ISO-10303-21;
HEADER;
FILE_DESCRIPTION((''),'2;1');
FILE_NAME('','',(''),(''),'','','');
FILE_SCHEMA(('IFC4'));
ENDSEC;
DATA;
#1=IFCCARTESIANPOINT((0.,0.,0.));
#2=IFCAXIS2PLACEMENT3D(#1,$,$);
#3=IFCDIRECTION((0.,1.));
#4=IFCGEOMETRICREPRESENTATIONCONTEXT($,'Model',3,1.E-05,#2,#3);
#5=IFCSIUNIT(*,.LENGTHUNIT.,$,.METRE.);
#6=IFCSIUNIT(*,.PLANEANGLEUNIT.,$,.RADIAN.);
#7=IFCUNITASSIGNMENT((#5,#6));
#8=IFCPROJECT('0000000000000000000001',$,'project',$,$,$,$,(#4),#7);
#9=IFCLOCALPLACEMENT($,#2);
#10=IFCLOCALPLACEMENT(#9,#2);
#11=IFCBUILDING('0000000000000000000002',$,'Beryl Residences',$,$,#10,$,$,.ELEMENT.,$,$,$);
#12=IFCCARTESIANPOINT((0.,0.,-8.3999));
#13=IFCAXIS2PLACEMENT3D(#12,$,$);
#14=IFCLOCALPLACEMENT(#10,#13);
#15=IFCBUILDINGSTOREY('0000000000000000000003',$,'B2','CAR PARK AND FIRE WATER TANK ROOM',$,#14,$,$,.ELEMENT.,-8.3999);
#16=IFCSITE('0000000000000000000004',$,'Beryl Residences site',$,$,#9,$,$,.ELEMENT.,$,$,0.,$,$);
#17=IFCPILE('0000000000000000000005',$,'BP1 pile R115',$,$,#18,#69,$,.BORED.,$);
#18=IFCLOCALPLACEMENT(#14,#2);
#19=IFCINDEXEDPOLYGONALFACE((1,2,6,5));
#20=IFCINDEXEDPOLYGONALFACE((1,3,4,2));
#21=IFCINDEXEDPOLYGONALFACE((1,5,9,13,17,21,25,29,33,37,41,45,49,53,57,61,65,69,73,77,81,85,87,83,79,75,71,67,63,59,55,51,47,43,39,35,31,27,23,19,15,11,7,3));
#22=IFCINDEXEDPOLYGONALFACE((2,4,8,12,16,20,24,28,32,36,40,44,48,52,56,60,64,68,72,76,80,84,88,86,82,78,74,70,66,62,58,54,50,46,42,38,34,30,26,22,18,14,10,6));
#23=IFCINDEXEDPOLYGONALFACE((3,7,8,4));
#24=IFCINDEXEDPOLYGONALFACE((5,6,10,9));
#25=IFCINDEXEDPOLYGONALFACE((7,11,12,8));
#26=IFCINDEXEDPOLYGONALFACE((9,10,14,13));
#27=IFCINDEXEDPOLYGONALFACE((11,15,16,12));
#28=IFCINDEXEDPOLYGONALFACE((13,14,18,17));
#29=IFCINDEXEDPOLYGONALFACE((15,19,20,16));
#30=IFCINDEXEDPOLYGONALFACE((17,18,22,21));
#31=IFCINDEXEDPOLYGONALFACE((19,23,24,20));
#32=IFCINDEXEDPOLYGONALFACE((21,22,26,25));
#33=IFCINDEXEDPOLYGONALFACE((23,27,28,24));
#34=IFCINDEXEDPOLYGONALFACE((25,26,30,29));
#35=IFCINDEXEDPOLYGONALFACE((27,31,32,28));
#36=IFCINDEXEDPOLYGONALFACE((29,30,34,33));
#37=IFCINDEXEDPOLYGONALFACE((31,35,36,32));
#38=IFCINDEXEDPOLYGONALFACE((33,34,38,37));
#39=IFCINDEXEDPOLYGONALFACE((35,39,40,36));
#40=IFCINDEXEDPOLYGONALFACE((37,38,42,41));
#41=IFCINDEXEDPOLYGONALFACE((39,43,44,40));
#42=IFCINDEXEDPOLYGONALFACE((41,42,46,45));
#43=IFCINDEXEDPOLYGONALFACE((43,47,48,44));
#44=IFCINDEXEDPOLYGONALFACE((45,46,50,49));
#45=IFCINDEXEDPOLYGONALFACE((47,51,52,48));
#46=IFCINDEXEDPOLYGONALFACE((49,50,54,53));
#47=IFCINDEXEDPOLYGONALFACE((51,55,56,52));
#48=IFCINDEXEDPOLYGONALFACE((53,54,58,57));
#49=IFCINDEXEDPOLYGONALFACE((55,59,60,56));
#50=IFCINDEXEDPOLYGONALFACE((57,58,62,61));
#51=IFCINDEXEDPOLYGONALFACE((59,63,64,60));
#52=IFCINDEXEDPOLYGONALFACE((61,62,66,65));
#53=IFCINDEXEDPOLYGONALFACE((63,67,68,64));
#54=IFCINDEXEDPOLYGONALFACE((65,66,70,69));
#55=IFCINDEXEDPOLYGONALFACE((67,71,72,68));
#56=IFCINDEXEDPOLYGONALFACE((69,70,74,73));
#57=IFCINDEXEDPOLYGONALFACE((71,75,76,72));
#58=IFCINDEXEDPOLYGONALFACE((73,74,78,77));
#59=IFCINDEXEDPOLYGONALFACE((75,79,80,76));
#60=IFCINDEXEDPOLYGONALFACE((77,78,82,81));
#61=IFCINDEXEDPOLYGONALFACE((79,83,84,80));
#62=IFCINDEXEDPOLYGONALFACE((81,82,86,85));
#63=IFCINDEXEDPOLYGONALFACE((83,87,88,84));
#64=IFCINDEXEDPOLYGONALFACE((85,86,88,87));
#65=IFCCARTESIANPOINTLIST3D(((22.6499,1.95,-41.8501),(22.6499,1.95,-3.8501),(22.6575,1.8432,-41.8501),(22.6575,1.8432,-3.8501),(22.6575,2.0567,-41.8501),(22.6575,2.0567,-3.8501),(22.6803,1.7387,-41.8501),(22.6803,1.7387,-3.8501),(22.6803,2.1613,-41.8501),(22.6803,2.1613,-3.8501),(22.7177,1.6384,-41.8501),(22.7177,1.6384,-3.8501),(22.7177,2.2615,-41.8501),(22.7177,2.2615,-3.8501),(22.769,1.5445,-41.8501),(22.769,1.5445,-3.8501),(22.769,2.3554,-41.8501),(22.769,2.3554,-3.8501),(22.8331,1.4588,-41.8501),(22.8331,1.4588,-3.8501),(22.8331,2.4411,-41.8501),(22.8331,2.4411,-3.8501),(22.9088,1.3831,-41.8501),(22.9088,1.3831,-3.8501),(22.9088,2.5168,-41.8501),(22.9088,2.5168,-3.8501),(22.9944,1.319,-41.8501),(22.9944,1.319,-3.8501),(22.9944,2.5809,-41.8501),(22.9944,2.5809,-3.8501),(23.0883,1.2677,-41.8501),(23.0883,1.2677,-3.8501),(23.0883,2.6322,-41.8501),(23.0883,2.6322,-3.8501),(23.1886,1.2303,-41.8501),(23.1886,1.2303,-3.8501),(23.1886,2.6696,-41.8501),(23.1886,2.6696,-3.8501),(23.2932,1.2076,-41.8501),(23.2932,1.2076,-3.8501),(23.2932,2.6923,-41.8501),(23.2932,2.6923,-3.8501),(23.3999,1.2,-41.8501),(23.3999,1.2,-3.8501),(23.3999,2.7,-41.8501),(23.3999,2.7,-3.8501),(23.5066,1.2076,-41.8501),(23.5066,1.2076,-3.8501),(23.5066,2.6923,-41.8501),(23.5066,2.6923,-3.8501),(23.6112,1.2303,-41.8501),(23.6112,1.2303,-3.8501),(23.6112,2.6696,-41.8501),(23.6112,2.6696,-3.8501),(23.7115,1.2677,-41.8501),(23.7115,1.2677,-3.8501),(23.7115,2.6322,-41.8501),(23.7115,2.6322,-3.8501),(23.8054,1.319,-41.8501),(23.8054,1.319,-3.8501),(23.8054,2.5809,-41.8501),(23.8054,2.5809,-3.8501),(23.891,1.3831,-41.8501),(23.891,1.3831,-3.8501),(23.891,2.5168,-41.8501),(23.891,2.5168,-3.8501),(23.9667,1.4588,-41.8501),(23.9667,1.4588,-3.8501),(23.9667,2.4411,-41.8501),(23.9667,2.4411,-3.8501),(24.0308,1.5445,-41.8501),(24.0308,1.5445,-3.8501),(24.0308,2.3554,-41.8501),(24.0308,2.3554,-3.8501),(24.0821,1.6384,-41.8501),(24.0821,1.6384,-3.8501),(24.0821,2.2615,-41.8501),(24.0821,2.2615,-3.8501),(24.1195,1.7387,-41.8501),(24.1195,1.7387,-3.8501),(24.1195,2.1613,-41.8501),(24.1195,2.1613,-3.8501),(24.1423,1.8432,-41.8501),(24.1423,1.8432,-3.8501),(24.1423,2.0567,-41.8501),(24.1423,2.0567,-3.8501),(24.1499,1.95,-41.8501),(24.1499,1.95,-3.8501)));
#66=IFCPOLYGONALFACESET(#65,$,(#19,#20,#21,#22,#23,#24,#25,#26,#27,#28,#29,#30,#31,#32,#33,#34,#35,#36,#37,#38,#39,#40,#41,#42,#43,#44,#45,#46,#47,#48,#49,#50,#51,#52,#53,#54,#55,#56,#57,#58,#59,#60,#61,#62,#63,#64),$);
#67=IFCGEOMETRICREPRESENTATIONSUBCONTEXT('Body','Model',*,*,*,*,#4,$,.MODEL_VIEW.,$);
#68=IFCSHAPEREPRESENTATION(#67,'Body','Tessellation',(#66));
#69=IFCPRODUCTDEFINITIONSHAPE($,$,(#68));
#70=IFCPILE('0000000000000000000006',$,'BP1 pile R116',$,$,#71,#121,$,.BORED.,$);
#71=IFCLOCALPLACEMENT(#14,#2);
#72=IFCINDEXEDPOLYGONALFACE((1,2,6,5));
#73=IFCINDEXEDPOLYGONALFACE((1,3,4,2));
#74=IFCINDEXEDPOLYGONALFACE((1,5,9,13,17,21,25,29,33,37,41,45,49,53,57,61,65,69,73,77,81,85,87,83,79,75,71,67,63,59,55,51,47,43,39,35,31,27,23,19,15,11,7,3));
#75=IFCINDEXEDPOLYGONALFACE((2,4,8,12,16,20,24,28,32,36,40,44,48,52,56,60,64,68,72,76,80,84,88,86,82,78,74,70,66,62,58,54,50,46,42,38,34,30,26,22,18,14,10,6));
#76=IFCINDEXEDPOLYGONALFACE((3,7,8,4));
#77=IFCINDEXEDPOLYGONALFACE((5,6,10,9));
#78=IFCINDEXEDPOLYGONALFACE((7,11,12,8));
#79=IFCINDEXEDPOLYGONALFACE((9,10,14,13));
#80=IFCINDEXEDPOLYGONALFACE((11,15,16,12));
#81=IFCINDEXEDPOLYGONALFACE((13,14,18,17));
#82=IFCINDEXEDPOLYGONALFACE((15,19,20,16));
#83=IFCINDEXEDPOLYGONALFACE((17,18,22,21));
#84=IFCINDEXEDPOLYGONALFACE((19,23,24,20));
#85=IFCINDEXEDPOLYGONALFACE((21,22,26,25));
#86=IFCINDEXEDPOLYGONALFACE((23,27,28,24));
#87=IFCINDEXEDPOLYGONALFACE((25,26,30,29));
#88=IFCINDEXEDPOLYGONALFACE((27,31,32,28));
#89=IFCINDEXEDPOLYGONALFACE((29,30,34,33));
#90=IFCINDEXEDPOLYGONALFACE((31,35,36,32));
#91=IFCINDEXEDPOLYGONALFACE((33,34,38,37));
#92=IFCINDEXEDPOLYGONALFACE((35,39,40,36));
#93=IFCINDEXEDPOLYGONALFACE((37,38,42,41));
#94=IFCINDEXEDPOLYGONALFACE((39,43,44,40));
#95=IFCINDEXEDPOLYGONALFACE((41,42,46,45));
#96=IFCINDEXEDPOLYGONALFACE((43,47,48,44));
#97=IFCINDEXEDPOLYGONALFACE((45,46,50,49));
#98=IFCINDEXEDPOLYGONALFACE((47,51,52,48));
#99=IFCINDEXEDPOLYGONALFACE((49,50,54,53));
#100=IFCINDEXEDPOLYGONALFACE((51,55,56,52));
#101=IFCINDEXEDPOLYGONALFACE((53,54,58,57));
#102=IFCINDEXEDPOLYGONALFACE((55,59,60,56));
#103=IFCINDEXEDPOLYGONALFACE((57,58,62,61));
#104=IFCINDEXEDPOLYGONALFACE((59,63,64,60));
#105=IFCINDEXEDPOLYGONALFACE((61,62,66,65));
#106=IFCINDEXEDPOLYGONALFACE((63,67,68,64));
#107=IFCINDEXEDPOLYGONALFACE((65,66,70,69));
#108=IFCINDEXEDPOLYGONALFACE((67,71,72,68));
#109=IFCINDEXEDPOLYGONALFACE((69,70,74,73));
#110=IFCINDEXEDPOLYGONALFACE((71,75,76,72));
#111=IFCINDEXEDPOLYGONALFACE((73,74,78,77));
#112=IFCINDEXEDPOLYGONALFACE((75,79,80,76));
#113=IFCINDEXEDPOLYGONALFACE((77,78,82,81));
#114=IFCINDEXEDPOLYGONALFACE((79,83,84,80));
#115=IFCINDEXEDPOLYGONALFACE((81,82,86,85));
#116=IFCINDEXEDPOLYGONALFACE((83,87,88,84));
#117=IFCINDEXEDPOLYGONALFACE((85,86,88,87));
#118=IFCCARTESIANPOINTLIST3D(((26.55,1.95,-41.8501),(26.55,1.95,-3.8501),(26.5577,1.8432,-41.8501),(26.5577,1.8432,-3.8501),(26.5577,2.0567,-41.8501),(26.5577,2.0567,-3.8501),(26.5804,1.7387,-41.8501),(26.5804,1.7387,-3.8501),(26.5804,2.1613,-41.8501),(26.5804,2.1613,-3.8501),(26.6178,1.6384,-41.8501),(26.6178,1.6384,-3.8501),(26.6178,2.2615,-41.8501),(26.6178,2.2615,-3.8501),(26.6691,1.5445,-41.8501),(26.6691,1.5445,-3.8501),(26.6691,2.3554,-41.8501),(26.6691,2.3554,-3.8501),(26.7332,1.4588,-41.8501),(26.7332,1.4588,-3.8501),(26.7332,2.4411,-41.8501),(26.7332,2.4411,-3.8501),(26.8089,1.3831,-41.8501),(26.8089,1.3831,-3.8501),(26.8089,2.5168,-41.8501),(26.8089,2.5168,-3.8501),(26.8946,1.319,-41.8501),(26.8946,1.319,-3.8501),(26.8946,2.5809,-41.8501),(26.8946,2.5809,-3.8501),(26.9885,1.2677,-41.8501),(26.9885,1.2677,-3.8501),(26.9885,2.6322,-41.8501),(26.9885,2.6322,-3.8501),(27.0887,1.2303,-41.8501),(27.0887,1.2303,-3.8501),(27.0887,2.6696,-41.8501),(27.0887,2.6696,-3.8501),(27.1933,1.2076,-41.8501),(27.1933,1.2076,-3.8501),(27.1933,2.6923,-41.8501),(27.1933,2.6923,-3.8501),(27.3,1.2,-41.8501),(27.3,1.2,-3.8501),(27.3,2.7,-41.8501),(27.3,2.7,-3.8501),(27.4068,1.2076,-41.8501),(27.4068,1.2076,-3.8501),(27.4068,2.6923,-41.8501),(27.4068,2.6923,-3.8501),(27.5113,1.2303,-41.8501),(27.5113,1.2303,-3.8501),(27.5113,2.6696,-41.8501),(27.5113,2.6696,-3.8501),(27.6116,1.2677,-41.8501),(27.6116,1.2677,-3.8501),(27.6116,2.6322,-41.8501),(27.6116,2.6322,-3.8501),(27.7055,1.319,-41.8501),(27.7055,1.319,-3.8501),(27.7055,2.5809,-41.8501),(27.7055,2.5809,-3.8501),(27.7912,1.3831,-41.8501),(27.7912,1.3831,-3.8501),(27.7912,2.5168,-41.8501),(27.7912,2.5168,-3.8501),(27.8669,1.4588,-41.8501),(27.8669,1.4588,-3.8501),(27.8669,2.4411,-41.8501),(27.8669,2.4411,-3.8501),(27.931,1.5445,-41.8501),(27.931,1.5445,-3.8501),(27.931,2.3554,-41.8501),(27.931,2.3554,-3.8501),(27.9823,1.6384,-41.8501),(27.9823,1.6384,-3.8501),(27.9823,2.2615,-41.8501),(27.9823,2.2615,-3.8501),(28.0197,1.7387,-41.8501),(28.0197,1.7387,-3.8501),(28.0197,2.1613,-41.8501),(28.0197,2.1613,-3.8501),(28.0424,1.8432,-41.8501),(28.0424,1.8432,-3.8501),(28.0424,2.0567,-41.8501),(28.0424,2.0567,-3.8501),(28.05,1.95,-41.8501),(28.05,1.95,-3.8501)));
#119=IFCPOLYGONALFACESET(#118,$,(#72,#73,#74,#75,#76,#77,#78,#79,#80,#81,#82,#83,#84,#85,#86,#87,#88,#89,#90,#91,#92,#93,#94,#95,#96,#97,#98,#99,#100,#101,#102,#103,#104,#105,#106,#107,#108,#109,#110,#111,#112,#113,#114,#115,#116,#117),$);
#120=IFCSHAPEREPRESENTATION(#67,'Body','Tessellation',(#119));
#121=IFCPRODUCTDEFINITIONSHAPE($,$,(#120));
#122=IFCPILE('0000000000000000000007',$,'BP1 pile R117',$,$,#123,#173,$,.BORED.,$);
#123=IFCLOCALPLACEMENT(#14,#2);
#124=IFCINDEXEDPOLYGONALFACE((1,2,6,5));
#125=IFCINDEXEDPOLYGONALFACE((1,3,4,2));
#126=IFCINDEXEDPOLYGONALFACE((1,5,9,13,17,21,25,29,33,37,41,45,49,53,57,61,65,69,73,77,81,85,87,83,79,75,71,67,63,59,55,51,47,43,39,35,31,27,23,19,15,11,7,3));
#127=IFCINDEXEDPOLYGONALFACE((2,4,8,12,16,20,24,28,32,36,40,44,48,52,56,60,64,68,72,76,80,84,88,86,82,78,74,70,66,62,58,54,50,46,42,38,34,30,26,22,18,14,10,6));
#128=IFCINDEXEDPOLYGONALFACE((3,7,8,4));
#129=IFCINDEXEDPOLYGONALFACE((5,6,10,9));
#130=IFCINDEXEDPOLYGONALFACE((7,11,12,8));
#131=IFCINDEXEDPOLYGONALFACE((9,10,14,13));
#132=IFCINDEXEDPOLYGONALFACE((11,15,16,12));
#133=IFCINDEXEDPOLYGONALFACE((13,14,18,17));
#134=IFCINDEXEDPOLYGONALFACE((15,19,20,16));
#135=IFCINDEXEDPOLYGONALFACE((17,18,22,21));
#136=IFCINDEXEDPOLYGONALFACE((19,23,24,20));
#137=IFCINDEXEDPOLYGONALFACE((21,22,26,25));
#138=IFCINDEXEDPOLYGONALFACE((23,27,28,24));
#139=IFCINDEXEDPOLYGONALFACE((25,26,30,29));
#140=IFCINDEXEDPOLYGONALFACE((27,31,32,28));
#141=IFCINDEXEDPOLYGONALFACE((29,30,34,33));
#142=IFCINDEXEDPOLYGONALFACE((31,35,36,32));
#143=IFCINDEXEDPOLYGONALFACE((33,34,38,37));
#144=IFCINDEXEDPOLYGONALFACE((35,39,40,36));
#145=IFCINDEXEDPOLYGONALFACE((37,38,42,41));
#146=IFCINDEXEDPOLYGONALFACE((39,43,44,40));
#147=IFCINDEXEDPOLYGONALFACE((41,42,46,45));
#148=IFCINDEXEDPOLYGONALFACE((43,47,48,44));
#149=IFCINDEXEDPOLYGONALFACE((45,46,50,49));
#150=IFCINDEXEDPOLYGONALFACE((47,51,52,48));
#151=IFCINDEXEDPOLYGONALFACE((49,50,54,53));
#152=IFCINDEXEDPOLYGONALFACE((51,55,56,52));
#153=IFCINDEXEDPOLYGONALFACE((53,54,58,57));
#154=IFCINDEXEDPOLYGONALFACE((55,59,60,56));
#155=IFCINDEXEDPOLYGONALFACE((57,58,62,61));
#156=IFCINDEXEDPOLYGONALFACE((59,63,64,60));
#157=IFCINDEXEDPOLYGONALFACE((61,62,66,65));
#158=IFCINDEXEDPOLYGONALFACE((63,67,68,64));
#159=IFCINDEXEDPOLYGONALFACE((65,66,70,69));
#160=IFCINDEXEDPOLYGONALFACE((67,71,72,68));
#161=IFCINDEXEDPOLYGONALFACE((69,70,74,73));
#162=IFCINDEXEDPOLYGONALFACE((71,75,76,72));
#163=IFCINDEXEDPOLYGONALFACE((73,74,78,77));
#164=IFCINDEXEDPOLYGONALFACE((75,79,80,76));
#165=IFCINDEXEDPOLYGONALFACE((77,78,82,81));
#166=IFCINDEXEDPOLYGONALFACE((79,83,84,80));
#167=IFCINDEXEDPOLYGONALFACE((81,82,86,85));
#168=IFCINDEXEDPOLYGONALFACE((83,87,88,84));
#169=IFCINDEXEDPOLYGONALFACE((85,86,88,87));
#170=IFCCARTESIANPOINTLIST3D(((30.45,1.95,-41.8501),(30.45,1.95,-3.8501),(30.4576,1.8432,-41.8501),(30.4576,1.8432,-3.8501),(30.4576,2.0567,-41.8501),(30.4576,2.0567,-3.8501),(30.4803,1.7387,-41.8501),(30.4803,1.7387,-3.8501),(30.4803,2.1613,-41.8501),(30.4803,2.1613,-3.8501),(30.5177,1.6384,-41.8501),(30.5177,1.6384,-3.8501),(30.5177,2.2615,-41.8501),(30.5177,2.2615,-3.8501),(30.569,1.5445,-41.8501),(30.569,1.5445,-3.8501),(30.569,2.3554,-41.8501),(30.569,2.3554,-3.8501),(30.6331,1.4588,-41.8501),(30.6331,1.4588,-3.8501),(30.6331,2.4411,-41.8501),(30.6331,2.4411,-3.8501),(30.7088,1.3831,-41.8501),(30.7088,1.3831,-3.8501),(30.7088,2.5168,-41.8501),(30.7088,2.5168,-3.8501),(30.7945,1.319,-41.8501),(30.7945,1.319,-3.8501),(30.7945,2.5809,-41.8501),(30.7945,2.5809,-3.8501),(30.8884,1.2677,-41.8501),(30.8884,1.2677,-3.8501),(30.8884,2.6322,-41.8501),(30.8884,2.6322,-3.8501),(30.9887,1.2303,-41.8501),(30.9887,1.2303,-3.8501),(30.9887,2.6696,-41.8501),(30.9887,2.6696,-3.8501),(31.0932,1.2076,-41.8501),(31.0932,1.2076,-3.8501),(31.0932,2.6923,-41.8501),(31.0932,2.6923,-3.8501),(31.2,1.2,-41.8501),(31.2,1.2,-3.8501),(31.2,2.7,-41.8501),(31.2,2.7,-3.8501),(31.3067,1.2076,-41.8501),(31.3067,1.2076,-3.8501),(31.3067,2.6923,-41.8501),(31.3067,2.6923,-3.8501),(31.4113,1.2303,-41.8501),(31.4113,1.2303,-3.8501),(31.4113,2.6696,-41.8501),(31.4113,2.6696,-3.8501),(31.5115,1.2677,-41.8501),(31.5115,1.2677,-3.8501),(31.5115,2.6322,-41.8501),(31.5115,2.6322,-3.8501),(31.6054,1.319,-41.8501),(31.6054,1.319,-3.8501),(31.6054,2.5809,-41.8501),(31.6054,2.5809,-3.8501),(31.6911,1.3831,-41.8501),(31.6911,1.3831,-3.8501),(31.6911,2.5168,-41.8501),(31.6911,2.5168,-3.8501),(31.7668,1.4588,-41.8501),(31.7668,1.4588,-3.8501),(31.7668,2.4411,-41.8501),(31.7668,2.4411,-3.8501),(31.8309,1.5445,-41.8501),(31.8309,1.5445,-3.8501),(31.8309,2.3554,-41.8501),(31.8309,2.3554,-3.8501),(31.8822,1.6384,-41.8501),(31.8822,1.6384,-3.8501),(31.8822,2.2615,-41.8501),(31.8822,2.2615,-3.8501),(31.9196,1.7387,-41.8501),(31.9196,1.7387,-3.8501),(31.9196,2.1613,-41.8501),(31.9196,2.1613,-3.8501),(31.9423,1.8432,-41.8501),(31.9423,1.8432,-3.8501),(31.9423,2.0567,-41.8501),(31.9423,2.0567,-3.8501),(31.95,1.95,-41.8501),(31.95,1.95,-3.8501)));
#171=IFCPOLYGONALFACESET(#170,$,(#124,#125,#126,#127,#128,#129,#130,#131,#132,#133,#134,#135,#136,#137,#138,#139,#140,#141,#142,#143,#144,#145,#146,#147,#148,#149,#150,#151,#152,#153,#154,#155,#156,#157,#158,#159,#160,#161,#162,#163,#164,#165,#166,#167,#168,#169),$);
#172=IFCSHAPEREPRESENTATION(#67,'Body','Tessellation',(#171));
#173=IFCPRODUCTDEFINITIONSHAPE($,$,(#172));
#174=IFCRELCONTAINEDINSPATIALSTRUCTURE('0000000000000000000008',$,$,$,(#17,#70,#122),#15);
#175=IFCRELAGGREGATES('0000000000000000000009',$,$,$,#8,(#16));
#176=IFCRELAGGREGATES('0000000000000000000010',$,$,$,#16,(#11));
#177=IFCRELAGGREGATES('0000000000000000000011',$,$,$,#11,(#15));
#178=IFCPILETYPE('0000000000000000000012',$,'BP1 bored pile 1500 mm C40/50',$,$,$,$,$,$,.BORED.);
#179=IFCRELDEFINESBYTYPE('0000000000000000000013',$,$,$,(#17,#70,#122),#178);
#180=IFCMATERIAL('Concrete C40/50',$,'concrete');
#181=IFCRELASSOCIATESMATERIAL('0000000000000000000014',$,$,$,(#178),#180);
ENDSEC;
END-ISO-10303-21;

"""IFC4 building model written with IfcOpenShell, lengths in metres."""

from ifc_helpers import new_model, si_unit, direction, frame, origin, origin_2d, place, context, subcontext, project, spatial, circle, extrude, material, material_profile, profile_set, type_object, element, save


model = new_model("IFC4")

# Units and contexts
model_context = context("Model", 3, precision=1e-05, world=origin(), true_north=direction((0.0, 1.0)))
body_context = subcontext(model_context, "Body", "Model", "MODEL_VIEW")
ifc_project = project(units=[si_unit("LENGTHUNIT", "METRE"), si_unit("PLANEANGLEUNIT", "RADIAN")], contexts=[model_context])

# Site, building, storey
site_placement = place(None, origin())
site = spatial("IfcSite", under=ifc_project, at=site_placement, Name="Beryl Residences site", CompositionType="ELEMENT", RefElevation=0.0)
building_placement = place(site_placement, origin())
building = spatial("IfcBuilding", under=site, at=building_placement, Name="Beryl Residences", CompositionType="ELEMENT")
storey_placement = place(building_placement, frame((0.0, 0.0, -8.3999)))
storey = spatial("IfcBuildingStorey", under=building, at=storey_placement, Name="B2", Description="CAR PARK AND FIRE WATER TANK ROOM", CompositionType="ELEMENT", Elevation=-8.3999)

# Piles
ifc_material_1 = material(Name="Concrete C40/50", Category="concrete")
ifc_material_profile_1 = material_profile(ifc_material_1, circle(Radius=0.75, at=origin_2d()))
ifc_profile_set_1 = profile_set([ifc_material_profile_1], Name="Concrete C40/50")
pile_type_1 = type_object("IfcPileType", Name="BP1 bored pile 1500 mm C40/50", PredefinedType="BORED", material=ifc_profile_set_1)
for number, where, z_axis, x_axis, name in (
    (1, (23.3999, 1.95, -3.8501), (0.0, 0.0, -1.0), (1.0, 0.0, 0.0), "BP1 pile R115"),
    (2, (27.3, 1.95, -3.8501), (0.0, 0.0, -1.0), (1.0, 0.0, 0.0), "BP1 pile R116"),
    (3, (31.2, 1.95, -3.8501), (0.0, 0.0, -1.0), (1.0, 0.0, 0.0), "BP1 pile R117"),
):
    element("IfcPile", number, at=place(storey_placement, frame(where, z_axis=z_axis, x_axis=x_axis)), inside=storey, type_object=pile_type_1, Name=name, PredefinedType="BORED", context=body_context, shape_type="SweptSolid", body=[
        extrude(circle(Radius=0.75, at=origin_2d()), origin(), (0.0, 0.0, 1.0), 38.0),
    ])

save(model, "model.ifc")
